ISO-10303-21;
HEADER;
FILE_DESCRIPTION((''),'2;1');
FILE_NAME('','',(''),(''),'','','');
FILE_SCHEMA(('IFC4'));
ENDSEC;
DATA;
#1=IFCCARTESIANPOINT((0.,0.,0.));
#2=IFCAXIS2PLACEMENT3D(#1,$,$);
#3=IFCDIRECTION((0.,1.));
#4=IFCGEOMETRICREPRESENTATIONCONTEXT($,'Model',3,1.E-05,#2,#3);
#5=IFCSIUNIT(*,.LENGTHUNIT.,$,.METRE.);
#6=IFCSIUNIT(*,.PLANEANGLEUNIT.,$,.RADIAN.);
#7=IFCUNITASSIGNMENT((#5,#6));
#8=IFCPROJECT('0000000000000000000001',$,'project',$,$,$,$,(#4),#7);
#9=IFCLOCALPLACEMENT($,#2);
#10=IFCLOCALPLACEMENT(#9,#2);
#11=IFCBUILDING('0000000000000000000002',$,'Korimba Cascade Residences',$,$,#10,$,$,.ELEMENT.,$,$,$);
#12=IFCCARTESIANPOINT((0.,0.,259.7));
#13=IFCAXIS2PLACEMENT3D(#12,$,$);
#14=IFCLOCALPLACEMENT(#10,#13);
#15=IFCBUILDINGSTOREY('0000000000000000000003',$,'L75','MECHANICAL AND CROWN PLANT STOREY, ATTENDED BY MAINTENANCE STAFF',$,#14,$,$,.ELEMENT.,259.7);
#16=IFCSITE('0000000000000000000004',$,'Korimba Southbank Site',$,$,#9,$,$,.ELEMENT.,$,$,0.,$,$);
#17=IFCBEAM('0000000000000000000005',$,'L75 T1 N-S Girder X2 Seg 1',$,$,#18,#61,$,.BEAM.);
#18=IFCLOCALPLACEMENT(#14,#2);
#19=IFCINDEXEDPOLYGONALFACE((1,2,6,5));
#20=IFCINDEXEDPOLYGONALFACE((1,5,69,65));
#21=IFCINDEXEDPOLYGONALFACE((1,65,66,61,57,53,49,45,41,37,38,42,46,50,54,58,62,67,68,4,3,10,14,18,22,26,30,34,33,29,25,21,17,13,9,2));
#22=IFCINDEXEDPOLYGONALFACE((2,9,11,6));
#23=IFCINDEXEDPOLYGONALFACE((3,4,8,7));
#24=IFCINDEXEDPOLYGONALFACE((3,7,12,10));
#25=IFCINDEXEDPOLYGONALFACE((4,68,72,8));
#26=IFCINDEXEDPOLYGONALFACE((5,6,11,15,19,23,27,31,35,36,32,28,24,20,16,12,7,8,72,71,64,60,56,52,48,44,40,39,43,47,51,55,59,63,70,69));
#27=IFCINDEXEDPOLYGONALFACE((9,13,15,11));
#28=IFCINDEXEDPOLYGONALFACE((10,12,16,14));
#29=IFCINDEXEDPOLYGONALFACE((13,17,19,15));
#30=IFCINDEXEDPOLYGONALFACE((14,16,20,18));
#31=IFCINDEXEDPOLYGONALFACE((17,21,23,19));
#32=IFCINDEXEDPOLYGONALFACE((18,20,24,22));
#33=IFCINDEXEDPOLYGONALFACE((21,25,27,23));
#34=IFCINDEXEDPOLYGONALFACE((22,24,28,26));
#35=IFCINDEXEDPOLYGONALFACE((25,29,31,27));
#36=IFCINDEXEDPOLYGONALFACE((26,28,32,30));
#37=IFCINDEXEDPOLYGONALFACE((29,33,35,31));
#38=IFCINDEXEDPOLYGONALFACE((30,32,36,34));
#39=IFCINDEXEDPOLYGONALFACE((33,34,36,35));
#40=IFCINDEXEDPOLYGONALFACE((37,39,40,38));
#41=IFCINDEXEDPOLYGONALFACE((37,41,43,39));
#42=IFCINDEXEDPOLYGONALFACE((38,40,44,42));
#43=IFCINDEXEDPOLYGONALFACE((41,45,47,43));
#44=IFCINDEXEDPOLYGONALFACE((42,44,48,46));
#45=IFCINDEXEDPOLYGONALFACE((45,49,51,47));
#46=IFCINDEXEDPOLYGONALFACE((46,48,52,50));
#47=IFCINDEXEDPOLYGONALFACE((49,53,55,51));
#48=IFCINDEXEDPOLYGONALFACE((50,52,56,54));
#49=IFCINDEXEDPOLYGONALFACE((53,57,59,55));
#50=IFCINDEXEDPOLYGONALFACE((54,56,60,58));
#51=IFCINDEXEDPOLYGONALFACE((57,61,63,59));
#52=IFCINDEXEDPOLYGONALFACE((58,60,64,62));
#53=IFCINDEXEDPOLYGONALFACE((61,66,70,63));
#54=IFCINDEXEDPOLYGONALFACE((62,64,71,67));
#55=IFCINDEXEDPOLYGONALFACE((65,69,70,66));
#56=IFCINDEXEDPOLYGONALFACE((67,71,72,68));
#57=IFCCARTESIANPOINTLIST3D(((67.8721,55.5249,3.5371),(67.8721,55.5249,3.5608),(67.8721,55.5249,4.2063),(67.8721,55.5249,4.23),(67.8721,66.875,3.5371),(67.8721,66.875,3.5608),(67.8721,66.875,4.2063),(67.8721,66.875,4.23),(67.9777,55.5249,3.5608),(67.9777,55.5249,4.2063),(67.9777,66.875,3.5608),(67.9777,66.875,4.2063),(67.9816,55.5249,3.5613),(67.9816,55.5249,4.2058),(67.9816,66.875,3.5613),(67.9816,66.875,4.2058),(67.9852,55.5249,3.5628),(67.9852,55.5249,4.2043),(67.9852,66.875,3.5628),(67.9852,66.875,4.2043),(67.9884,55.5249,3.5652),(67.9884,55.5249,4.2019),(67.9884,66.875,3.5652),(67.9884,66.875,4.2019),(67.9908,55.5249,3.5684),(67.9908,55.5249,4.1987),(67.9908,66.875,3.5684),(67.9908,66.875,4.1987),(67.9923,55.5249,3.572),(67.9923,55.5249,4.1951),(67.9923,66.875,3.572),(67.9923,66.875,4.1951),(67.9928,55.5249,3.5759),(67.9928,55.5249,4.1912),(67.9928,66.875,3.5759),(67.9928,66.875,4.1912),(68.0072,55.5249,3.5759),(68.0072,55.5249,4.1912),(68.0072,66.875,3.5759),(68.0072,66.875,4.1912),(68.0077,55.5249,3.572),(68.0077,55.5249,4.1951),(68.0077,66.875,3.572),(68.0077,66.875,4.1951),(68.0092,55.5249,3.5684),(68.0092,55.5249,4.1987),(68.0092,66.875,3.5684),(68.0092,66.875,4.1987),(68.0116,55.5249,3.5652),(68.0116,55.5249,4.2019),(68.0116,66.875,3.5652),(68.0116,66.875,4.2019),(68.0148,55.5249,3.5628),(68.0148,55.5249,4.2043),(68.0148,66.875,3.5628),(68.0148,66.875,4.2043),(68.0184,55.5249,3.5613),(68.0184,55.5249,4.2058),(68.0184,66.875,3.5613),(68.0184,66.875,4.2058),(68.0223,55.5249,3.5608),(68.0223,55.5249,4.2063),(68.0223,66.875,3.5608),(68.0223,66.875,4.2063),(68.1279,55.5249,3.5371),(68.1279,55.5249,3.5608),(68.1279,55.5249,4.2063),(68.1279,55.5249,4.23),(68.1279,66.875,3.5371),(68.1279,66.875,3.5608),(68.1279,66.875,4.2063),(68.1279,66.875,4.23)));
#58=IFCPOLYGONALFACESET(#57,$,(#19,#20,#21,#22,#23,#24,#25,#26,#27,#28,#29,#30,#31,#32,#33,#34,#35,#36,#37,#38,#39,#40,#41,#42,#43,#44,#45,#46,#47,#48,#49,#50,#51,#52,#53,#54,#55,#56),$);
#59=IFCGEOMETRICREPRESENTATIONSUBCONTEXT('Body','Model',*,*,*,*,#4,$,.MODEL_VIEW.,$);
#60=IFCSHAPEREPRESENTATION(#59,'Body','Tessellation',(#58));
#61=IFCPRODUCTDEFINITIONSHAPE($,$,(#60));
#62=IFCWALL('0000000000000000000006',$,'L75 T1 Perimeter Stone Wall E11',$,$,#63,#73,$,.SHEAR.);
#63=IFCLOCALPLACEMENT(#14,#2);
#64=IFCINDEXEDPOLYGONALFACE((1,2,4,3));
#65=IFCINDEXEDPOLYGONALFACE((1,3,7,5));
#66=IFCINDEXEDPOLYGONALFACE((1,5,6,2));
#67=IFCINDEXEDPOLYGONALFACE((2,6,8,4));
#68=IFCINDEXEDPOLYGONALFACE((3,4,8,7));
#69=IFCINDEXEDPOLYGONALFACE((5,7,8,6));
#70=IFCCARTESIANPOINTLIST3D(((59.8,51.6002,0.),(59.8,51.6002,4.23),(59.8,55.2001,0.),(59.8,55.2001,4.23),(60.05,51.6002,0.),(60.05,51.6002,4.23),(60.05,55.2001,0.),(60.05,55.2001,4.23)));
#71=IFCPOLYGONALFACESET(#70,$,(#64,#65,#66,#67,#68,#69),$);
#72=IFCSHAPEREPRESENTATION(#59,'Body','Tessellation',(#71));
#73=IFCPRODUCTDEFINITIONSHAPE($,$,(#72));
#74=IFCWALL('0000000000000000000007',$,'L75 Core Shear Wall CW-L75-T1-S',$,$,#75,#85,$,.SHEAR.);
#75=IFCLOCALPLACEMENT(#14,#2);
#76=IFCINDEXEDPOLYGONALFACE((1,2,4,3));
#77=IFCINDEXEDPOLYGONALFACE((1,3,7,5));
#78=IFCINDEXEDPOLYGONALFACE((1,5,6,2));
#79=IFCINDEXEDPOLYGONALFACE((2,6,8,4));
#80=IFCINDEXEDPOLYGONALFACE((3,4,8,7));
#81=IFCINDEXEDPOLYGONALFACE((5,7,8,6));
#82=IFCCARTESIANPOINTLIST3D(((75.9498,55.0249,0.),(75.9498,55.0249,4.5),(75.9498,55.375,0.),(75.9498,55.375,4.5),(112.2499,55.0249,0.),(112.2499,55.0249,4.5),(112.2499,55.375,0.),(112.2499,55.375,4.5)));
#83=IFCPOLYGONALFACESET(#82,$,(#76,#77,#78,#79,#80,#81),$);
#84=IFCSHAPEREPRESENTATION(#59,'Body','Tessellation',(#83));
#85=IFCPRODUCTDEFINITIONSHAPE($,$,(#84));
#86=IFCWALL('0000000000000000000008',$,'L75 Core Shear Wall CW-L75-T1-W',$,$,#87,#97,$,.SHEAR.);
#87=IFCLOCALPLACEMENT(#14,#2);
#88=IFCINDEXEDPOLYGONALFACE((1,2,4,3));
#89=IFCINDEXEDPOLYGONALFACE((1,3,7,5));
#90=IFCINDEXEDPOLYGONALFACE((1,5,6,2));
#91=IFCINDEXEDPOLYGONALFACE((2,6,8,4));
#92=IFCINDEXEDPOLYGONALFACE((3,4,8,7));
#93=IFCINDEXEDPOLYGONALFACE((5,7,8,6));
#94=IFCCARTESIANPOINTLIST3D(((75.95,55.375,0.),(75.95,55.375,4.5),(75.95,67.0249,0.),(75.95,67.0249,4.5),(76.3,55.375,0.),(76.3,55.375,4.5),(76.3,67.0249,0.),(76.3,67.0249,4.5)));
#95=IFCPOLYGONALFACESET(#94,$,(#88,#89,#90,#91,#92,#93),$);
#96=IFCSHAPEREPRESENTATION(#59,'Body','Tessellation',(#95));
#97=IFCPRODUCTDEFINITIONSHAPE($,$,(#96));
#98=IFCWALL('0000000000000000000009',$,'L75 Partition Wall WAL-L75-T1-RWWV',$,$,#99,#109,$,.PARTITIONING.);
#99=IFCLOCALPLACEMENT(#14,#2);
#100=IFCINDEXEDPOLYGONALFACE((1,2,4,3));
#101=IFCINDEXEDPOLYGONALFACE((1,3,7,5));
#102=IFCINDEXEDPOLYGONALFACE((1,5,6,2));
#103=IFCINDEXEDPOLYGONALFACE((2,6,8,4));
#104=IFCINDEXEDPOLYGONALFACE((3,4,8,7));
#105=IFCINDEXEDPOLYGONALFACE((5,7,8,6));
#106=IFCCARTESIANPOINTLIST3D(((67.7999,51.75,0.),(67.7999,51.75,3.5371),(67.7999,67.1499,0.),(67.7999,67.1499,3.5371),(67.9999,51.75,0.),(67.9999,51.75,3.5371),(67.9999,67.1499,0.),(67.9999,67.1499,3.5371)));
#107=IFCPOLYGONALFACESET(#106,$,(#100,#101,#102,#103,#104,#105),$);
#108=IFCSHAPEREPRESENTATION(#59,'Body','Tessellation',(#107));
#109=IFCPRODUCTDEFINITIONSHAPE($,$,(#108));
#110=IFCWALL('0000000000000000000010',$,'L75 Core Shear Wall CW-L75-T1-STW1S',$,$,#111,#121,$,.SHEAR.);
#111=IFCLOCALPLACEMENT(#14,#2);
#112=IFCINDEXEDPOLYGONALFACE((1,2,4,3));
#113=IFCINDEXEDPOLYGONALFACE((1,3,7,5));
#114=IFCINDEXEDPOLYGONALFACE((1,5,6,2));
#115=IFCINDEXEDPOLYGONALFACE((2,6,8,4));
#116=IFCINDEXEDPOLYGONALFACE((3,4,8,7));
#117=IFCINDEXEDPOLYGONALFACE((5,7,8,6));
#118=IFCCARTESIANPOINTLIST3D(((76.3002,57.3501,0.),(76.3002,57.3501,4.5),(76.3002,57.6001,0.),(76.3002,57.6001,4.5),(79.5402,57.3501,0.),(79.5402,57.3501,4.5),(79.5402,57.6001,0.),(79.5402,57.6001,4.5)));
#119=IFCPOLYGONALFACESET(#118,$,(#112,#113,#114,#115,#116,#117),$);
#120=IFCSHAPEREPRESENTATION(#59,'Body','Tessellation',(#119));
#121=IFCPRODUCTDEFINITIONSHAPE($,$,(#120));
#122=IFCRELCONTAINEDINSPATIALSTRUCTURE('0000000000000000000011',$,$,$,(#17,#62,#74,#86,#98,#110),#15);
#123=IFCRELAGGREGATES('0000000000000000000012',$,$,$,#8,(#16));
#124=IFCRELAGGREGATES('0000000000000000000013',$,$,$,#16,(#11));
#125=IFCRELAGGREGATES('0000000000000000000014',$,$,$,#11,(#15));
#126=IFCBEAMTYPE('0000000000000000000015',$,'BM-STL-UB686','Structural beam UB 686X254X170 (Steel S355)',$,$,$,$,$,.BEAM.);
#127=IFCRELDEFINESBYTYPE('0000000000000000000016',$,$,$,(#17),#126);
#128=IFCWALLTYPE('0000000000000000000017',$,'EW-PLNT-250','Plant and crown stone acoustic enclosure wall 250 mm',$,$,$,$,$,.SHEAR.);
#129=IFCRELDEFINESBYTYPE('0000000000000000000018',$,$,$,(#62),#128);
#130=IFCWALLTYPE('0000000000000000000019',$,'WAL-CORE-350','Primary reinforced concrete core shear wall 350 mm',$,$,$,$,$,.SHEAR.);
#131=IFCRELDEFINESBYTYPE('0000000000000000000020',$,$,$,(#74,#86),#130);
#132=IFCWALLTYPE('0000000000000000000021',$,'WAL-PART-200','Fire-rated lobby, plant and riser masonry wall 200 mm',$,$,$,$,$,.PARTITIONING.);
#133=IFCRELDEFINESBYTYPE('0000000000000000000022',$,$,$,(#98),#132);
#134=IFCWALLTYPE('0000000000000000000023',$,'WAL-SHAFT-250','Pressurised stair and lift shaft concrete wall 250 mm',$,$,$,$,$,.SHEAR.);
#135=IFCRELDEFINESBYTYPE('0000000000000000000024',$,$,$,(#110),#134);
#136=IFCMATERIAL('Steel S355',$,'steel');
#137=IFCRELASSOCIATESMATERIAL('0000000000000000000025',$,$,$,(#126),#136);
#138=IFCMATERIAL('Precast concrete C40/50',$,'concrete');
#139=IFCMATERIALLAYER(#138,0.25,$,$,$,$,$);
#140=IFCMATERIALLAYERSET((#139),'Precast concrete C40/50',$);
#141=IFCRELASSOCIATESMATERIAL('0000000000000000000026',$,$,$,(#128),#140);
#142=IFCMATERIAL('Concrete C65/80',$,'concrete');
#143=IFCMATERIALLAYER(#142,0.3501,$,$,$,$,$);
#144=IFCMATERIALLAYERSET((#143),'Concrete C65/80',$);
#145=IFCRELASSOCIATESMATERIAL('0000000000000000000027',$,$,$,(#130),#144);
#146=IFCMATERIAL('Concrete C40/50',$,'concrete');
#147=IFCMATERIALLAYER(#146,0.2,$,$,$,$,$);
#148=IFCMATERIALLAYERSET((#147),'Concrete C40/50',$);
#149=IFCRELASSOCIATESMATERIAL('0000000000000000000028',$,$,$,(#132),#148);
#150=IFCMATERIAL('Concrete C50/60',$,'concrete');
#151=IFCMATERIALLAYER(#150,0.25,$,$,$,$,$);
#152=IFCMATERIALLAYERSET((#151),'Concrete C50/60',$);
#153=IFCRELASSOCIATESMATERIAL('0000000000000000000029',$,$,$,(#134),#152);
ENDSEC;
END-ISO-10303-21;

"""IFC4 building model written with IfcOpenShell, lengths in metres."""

from ifc_helpers import new_model, si_unit, direction, frame, frame_2d, origin, origin_2d, place, context, subcontext, project, spatial, rectangle, i_section, extrude, material, layer, layer_set, material_profile, profile_set, type_object, element, save


model = new_model("IFC4")

# Units and contexts
model_context = context("Model", 3, precision=1e-05, world=origin(), true_north=direction((0.0, 1.0)))
body_context = subcontext(model_context, "Body", "Model", "MODEL_VIEW")
ifc_project = project(units=[si_unit("LENGTHUNIT", "METRE"), si_unit("PLANEANGLEUNIT", "RADIAN")], contexts=[model_context])

# Site, building, storey
site_placement = place(None, origin())
site = spatial("IfcSite", under=ifc_project, at=site_placement, Name="Korimba Southbank Site", CompositionType="ELEMENT", RefElevation=0.0)
building_placement = place(site_placement, origin())
building = spatial("IfcBuilding", under=site, at=building_placement, Name="Korimba Cascade Residences", CompositionType="ELEMENT")
storey_placement = place(building_placement, frame((0.0, 0.0, 259.7)))
storey = spatial("IfcBuildingStorey", under=building, at=storey_placement, Name="L75", Description="MECHANICAL AND CROWN PLANT STOREY, ATTENDED BY MAINTENANCE STAFF", CompositionType="ELEMENT", Elevation=259.7)

# Shared definitions
ifc_material_1 = material(Name="Concrete C50/60", Category="concrete")

# Beam
ifc_material_2 = material(Name="Steel S355", Category="steel")
ifc_material_profile_1 = material_profile(ifc_material_2, i_section(OverallWidth=0.2559, OverallDepth=0.6929, WebThickness=0.0144, FlangeThickness=0.0237, FilletRadius=0.0151, at=origin_2d()), Name="Steel S355")
ifc_profile_set_1 = profile_set([ifc_material_profile_1], Name="Steel S355")
beam_type_1 = type_object("IfcBeamType", Name="BM-STL-UB686", Description="Structural beam UB 686X254X170 (Steel S355)", PredefinedType="BEAM", material=ifc_profile_set_1)
beam_1_placement = place(storey_placement, frame((68.0, 55.5249, 3.8835), z_axis=(0.0, 1.0, 0.0), x_axis=(-1.0, 0.0, 0.0)))
element("IfcBeam", 1, at=beam_1_placement, inside=storey, type_object=beam_type_1, Name="L75 T1 N-S Girder X2 Seg 1", PredefinedType="BEAM", context=body_context, shape_type="SweptSolid", body=[
    extrude(i_section(OverallWidth=0.2559, OverallDepth=0.6929, WebThickness=0.0144, FlangeThickness=0.0237, FilletRadius=0.0151, at=origin_2d()), origin(), (0.0, 0.0, 1.0), 11.3501),
])

# Walls
ifc_material_3 = material(Name="Precast concrete C40/50", Category="concrete")
ifc_layer_1 = layer(ifc_material_3, 0.25)
ifc_layer_set_1 = layer_set([ifc_layer_1], Name="Precast concrete C40/50")
wall_type_1 = type_object("IfcWallType", Name="EW-PLNT-250", Description="Plant and crown stone acoustic enclosure wall 250 mm", PredefinedType="SHEAR", material=ifc_layer_set_1)
wall_1_placement = place(storey_placement, frame((59.925, 55.2, 0.0), z_axis=(0.0, 0.0, 1.0), x_axis=(0.0, -1.0, 0.0)))
element("IfcWall", 2, at=wall_1_placement, inside=storey, type_object=wall_type_1, Name="L75 T1 Perimeter Stone Wall E11", PredefinedType="SHEAR", context=body_context, shape_type="SweptSolid", body=[
    extrude(rectangle(XDim=3.5999, YDim=0.25, at=frame_2d((1.7998, 0.0))), origin(), (0.0, 0.0, 1.0), 4.23),
])
ifc_material_4 = material(Name="Concrete C65/80", Category="concrete")
ifc_layer_2 = layer(ifc_material_4, 0.3501)
ifc_layer_set_2 = layer_set([ifc_layer_2], Name="Concrete C65/80")
wall_type_2 = type_object("IfcWallType", Name="WAL-CORE-350", Description="Primary reinforced concrete core shear wall 350 mm", PredefinedType="SHEAR", material=ifc_layer_set_2)
wall_2_placement = place(storey_placement, frame((75.95, 55.2, 0.0), z_axis=(0.0, 0.0, 1.0), x_axis=(1.0, 0.0, 0.0)))
element("IfcWall", 3, at=wall_2_placement, inside=storey, type_object=wall_type_2, Name="L75 Core Shear Wall CW-L75-T1-S", PredefinedType="SHEAR", context=body_context, shape_type="SweptSolid", body=[
    extrude(rectangle(XDim=36.3, YDim=0.3501, at=frame_2d((18.1499, 0.0))), origin(), (0.0, 0.0, 1.0), 4.5),
])
wall_3_placement = place(storey_placement, frame((76.125, 55.375, 0.0), z_axis=(0.0, 0.0, 1.0), x_axis=(0.0, 1.0, 0.0)))
element("IfcWall", 4, at=wall_3_placement, inside=storey, type_object=wall_type_2, Name="L75 Core Shear Wall CW-L75-T1-W", PredefinedType="SHEAR", context=body_context, shape_type="SweptSolid", body=[
    extrude(rectangle(XDim=11.6499, YDim=0.3501, at=frame_2d((5.825, 0.0))), origin(), (0.0, 0.0, 1.0), 4.5),
])
ifc_material_5 = material(Name="Concrete C40/50", Category="concrete")
ifc_layer_3 = layer(ifc_material_5, 0.2)
ifc_layer_set_3 = layer_set([ifc_layer_3], Name="Concrete C40/50")
wall_type_3 = type_object("IfcWallType", Name="WAL-PART-200", Description="Fire-rated lobby, plant and riser masonry wall 200 mm", PredefinedType="PARTITIONING", material=ifc_layer_set_3)
wall_4_placement = place(storey_placement, frame((67.8999, 51.75, 0.0), z_axis=(0.0, 0.0, 1.0), x_axis=(0.0, 1.0, 0.0)))
element("IfcWall", 5, at=wall_4_placement, inside=storey, type_object=wall_type_3, Name="L75 Partition Wall WAL-L75-T1-RWWV", PredefinedType="PARTITIONING", context=body_context, shape_type="SweptSolid", body=[
    extrude(rectangle(XDim=15.3999, YDim=0.2, at=frame_2d((7.7, 0.0))), origin(), (0.0, 0.0, 1.0), 3.5371),
])
ifc_layer_4 = layer(ifc_material_1, 0.25)
ifc_layer_set_4 = layer_set([ifc_layer_4], Name="Concrete C50/60")
wall_type_4 = type_object("IfcWallType", Name="WAL-SHAFT-250", Description="Pressurised stair and lift shaft concrete wall 250 mm", PredefinedType="SHEAR", material=ifc_layer_set_4)
wall_5_placement = place(storey_placement, frame((76.3, 57.4751, 0.0), z_axis=(0.0, 0.0, 1.0), x_axis=(1.0, 0.0, 0.0)))
element("IfcWall", 6, at=wall_5_placement, inside=storey, type_object=wall_type_4, Name="L75 Core Shear Wall CW-L75-T1-STW1S", PredefinedType="SHEAR", context=body_context, shape_type="SweptSolid", body=[
    extrude(rectangle(XDim=3.24, YDim=0.25, at=frame_2d((1.6201, 0.0))), origin(), (0.0, 0.0, 1.0), 4.5),
])

save(model, "model.ifc")
